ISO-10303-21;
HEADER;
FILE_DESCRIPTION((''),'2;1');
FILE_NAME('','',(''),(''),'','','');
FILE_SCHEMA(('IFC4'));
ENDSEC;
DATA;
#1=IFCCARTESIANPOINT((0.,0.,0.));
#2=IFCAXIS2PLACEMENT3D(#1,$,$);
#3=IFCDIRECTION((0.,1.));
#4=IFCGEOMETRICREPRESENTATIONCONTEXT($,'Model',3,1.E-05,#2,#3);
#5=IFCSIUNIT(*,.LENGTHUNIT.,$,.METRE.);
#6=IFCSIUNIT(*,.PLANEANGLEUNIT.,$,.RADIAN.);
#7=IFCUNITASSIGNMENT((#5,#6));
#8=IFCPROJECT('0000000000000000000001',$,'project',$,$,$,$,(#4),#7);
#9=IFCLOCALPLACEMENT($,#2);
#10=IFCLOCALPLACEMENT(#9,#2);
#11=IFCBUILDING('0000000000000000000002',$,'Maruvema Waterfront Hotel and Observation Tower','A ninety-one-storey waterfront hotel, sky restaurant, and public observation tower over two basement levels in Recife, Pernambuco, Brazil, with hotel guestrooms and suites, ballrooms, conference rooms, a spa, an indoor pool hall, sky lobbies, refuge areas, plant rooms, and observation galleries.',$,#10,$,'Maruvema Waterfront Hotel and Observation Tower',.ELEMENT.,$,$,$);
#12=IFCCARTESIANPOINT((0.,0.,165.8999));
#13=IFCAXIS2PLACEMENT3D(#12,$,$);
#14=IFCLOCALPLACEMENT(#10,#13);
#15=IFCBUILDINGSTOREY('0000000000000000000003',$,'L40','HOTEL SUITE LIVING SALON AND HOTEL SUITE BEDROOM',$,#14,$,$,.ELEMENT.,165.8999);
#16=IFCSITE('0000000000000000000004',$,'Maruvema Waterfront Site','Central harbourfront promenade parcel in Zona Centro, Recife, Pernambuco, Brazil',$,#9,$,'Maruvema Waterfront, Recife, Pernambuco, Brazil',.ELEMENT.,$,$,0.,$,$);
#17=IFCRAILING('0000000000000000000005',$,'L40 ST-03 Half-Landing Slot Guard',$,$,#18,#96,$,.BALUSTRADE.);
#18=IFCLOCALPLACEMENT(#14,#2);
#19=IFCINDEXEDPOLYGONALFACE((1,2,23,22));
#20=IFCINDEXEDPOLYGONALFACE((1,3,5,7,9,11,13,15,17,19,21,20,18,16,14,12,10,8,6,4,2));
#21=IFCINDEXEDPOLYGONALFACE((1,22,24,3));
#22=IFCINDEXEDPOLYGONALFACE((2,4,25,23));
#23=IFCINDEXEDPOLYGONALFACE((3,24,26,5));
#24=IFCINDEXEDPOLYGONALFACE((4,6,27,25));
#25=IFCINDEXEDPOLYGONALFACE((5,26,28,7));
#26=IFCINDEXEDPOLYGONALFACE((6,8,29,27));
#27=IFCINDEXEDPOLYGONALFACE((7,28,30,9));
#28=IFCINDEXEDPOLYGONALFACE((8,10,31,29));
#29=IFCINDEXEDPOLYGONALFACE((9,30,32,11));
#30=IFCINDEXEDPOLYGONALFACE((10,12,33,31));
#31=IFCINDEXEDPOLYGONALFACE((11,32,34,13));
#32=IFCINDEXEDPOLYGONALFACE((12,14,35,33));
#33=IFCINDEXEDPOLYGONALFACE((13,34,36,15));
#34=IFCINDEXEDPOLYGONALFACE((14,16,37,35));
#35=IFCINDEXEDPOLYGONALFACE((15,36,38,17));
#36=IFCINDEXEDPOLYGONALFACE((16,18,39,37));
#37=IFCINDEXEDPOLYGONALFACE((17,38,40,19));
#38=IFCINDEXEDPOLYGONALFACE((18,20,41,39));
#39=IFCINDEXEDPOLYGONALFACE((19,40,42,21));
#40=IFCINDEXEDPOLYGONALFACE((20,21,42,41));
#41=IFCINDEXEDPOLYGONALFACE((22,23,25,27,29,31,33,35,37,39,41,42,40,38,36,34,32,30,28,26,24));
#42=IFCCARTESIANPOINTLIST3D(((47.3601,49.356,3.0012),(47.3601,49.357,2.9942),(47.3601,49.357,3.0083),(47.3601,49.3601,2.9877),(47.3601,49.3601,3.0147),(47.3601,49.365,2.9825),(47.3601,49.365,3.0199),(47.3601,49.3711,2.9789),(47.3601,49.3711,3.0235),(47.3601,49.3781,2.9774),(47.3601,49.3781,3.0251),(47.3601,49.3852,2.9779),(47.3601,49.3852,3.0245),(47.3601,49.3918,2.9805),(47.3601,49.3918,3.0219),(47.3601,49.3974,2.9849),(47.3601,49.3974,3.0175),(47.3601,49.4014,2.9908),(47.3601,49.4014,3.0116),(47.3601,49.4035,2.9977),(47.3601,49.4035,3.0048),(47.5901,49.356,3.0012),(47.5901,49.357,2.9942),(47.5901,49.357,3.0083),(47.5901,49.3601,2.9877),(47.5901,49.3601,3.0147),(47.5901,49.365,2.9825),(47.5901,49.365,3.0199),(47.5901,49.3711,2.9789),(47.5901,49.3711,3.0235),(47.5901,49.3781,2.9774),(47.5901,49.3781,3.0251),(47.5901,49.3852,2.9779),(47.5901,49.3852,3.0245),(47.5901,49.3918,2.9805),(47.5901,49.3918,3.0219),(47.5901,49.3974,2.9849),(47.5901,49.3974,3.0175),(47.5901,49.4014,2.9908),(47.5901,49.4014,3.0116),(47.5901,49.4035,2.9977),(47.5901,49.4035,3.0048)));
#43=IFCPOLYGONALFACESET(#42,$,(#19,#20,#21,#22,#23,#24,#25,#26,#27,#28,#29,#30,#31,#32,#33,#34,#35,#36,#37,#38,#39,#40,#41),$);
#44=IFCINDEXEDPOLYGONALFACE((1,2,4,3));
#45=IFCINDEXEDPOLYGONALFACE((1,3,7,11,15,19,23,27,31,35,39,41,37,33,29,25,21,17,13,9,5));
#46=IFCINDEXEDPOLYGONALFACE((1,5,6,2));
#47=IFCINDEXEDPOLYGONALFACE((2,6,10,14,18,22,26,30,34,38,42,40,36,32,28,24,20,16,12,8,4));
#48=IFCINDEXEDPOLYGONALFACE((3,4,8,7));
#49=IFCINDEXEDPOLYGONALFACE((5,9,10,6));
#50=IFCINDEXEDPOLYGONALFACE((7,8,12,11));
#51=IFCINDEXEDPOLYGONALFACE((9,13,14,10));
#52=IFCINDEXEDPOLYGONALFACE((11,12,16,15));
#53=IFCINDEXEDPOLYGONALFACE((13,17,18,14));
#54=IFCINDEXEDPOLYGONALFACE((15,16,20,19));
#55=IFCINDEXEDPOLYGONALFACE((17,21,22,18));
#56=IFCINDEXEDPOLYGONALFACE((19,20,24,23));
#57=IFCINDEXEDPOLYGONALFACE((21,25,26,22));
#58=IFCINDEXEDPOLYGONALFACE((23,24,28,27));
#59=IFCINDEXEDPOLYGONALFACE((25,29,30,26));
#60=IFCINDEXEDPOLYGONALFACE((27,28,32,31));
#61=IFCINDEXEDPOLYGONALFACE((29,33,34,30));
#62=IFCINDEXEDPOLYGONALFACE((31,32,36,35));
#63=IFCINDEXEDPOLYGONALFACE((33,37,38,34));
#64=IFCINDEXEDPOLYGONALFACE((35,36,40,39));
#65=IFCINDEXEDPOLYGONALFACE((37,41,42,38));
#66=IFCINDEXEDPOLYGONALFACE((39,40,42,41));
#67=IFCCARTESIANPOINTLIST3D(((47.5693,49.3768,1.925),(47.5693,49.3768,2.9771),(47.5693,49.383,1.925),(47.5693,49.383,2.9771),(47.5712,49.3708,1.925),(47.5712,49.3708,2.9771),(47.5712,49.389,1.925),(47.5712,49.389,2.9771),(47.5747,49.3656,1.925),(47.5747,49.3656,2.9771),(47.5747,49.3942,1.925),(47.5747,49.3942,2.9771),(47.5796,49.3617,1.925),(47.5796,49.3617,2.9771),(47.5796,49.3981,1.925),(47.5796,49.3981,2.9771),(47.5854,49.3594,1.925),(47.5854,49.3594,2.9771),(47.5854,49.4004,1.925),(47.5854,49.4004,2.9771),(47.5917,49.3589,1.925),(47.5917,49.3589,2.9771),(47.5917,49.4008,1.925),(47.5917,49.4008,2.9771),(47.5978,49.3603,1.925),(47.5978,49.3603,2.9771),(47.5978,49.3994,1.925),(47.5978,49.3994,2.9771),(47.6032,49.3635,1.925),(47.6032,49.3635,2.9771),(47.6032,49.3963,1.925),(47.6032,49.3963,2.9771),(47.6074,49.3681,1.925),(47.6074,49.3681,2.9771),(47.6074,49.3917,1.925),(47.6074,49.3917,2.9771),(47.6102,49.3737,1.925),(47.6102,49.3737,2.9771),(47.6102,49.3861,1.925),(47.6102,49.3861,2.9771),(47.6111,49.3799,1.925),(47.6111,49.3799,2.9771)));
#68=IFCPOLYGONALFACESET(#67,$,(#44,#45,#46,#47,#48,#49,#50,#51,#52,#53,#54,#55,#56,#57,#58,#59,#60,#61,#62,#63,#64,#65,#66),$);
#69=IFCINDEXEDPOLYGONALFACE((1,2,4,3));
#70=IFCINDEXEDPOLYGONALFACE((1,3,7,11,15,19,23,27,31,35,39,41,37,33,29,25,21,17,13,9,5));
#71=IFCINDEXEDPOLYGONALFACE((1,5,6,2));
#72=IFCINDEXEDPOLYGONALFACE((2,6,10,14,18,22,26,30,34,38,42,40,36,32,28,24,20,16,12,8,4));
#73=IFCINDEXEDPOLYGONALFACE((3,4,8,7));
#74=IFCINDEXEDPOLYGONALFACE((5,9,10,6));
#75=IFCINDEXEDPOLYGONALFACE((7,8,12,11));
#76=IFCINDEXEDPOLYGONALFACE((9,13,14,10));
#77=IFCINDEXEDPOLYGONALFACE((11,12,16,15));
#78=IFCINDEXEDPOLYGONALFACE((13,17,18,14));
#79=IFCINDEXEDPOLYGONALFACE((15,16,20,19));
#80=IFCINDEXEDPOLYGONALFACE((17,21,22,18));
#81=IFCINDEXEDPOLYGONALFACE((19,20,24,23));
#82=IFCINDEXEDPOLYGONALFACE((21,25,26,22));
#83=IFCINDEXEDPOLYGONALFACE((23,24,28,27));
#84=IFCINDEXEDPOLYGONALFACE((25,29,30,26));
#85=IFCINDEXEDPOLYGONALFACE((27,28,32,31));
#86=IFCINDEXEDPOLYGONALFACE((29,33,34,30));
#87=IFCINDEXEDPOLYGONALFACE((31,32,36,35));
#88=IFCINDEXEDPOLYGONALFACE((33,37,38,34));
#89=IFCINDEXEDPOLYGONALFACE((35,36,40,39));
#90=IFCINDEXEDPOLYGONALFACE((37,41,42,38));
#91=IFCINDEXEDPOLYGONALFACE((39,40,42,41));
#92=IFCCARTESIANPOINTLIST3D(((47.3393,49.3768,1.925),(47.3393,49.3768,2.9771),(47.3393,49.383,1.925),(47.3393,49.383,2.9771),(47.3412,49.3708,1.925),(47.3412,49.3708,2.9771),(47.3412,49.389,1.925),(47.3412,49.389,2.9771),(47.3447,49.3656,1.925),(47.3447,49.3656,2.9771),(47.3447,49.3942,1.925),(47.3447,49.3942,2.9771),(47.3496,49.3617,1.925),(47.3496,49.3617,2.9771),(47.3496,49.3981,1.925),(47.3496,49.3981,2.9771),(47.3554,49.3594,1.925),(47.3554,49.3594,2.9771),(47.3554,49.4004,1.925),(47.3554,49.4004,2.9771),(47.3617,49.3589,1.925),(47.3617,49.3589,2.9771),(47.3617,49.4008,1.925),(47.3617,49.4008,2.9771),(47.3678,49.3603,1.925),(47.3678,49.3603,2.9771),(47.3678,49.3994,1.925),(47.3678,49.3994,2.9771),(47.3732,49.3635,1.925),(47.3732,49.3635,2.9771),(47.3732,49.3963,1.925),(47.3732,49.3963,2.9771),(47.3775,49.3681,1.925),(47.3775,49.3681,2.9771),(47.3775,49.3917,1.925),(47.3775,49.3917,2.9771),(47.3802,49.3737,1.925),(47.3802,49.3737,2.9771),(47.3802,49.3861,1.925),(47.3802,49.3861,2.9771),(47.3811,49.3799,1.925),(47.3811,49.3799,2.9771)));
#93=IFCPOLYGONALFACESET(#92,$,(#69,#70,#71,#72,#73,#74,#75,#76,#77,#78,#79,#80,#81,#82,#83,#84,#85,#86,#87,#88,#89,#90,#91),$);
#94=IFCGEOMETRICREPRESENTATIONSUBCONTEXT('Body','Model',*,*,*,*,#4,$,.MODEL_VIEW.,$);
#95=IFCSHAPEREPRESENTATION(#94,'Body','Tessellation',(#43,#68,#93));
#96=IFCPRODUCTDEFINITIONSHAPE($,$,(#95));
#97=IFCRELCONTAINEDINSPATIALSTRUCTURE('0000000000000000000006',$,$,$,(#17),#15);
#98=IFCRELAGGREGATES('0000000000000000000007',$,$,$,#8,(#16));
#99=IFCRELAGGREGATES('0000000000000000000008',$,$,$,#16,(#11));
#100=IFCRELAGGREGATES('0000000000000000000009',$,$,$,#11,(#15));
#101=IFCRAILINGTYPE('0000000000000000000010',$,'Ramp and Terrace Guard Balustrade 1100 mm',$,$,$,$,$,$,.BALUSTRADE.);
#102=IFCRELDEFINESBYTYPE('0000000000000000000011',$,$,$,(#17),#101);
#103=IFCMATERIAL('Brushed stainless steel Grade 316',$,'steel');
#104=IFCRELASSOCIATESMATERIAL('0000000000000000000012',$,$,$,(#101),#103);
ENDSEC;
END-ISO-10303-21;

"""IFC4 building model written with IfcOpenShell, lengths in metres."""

from ifc_helpers import new_model, si_unit, direction, frame, origin, origin_2d, place, context, subcontext, project, spatial, circle, extrude, material, type_object, element, save


model = new_model("IFC4")

# Units and contexts
model_context = context("Model", 3, precision=1e-05, world=origin(), true_north=direction((0.0, 1.0)))
body_context = subcontext(model_context, "Body", "Model", "MODEL_VIEW")
ifc_project = project(units=[si_unit("LENGTHUNIT", "METRE"), si_unit("PLANEANGLEUNIT", "RADIAN")], contexts=[model_context])

# Site, building, storey
site_placement = place(None, origin())
site = spatial("IfcSite", under=ifc_project, at=site_placement, Name="Maruvema Waterfront Site", Description="Central harbourfront promenade parcel in Zona Centro, Recife, Pernambuco, Brazil", LongName="Maruvema Waterfront, Recife, Pernambuco, Brazil", CompositionType="ELEMENT", RefElevation=0.0)
building_placement = place(site_placement, origin())
building = spatial("IfcBuilding", under=site, at=building_placement, Name="Maruvema Waterfront Hotel and Observation Tower", Description="A ninety-one-storey waterfront hotel, sky restaurant, and public observation tower over two basement levels in Recife, Pernambuco, Brazil, with hotel guestrooms and suites, ballrooms, conference rooms, a spa, an indoor pool hall, sky lobbies, refuge areas, plant rooms, and observation galleries.", LongName="Maruvema Waterfront Hotel and Observation Tower", CompositionType="ELEMENT")
storey_placement = place(building_placement, frame((0.0, 0.0, 165.8999)))
storey = spatial("IfcBuildingStorey", under=building, at=storey_placement, Name="L40", Description="HOTEL SUITE LIVING SALON AND HOTEL SUITE BEDROOM", CompositionType="ELEMENT", Elevation=165.8999)

# Railing
ifc_material_1 = material(Name="Brushed stainless steel Grade 316", Category="steel")
railing_type_1 = type_object("IfcRailingType", Name="Ramp and Terrace Guard Balustrade 1100 mm", PredefinedType="BALUSTRADE", material=ifc_material_1)
railing_1_placement = place(storey_placement, frame((47.5901, 49.3799, 1.925)))
element("IfcRailing", 1, at=railing_1_placement, inside=storey, type_object=railing_type_1, Name="L40 ST-03 Half-Landing Slot Guard", PredefinedType="BALUSTRADE", context=body_context, shape_type="SweptSolid", body=[
    extrude(circle(Radius=0.0239, at=origin_2d()), frame((0.0, 0.0, 1.0762), z_axis=(-1.0, 0.0, 0.0), x_axis=(0.0, -1.0, 0.0)), (0.0, 0.0, 1.0), 0.23),
    extrude(circle(Radius=0.021, at=origin_2d()), origin(), (0.0, 0.0, 1.0), 1.052),
    extrude(circle(Radius=0.021, at=origin_2d()), frame((-0.23, 0.0, 0.0)), (0.0, 0.0, 1.0), 1.052),
])

save(model, "model.ifc")
